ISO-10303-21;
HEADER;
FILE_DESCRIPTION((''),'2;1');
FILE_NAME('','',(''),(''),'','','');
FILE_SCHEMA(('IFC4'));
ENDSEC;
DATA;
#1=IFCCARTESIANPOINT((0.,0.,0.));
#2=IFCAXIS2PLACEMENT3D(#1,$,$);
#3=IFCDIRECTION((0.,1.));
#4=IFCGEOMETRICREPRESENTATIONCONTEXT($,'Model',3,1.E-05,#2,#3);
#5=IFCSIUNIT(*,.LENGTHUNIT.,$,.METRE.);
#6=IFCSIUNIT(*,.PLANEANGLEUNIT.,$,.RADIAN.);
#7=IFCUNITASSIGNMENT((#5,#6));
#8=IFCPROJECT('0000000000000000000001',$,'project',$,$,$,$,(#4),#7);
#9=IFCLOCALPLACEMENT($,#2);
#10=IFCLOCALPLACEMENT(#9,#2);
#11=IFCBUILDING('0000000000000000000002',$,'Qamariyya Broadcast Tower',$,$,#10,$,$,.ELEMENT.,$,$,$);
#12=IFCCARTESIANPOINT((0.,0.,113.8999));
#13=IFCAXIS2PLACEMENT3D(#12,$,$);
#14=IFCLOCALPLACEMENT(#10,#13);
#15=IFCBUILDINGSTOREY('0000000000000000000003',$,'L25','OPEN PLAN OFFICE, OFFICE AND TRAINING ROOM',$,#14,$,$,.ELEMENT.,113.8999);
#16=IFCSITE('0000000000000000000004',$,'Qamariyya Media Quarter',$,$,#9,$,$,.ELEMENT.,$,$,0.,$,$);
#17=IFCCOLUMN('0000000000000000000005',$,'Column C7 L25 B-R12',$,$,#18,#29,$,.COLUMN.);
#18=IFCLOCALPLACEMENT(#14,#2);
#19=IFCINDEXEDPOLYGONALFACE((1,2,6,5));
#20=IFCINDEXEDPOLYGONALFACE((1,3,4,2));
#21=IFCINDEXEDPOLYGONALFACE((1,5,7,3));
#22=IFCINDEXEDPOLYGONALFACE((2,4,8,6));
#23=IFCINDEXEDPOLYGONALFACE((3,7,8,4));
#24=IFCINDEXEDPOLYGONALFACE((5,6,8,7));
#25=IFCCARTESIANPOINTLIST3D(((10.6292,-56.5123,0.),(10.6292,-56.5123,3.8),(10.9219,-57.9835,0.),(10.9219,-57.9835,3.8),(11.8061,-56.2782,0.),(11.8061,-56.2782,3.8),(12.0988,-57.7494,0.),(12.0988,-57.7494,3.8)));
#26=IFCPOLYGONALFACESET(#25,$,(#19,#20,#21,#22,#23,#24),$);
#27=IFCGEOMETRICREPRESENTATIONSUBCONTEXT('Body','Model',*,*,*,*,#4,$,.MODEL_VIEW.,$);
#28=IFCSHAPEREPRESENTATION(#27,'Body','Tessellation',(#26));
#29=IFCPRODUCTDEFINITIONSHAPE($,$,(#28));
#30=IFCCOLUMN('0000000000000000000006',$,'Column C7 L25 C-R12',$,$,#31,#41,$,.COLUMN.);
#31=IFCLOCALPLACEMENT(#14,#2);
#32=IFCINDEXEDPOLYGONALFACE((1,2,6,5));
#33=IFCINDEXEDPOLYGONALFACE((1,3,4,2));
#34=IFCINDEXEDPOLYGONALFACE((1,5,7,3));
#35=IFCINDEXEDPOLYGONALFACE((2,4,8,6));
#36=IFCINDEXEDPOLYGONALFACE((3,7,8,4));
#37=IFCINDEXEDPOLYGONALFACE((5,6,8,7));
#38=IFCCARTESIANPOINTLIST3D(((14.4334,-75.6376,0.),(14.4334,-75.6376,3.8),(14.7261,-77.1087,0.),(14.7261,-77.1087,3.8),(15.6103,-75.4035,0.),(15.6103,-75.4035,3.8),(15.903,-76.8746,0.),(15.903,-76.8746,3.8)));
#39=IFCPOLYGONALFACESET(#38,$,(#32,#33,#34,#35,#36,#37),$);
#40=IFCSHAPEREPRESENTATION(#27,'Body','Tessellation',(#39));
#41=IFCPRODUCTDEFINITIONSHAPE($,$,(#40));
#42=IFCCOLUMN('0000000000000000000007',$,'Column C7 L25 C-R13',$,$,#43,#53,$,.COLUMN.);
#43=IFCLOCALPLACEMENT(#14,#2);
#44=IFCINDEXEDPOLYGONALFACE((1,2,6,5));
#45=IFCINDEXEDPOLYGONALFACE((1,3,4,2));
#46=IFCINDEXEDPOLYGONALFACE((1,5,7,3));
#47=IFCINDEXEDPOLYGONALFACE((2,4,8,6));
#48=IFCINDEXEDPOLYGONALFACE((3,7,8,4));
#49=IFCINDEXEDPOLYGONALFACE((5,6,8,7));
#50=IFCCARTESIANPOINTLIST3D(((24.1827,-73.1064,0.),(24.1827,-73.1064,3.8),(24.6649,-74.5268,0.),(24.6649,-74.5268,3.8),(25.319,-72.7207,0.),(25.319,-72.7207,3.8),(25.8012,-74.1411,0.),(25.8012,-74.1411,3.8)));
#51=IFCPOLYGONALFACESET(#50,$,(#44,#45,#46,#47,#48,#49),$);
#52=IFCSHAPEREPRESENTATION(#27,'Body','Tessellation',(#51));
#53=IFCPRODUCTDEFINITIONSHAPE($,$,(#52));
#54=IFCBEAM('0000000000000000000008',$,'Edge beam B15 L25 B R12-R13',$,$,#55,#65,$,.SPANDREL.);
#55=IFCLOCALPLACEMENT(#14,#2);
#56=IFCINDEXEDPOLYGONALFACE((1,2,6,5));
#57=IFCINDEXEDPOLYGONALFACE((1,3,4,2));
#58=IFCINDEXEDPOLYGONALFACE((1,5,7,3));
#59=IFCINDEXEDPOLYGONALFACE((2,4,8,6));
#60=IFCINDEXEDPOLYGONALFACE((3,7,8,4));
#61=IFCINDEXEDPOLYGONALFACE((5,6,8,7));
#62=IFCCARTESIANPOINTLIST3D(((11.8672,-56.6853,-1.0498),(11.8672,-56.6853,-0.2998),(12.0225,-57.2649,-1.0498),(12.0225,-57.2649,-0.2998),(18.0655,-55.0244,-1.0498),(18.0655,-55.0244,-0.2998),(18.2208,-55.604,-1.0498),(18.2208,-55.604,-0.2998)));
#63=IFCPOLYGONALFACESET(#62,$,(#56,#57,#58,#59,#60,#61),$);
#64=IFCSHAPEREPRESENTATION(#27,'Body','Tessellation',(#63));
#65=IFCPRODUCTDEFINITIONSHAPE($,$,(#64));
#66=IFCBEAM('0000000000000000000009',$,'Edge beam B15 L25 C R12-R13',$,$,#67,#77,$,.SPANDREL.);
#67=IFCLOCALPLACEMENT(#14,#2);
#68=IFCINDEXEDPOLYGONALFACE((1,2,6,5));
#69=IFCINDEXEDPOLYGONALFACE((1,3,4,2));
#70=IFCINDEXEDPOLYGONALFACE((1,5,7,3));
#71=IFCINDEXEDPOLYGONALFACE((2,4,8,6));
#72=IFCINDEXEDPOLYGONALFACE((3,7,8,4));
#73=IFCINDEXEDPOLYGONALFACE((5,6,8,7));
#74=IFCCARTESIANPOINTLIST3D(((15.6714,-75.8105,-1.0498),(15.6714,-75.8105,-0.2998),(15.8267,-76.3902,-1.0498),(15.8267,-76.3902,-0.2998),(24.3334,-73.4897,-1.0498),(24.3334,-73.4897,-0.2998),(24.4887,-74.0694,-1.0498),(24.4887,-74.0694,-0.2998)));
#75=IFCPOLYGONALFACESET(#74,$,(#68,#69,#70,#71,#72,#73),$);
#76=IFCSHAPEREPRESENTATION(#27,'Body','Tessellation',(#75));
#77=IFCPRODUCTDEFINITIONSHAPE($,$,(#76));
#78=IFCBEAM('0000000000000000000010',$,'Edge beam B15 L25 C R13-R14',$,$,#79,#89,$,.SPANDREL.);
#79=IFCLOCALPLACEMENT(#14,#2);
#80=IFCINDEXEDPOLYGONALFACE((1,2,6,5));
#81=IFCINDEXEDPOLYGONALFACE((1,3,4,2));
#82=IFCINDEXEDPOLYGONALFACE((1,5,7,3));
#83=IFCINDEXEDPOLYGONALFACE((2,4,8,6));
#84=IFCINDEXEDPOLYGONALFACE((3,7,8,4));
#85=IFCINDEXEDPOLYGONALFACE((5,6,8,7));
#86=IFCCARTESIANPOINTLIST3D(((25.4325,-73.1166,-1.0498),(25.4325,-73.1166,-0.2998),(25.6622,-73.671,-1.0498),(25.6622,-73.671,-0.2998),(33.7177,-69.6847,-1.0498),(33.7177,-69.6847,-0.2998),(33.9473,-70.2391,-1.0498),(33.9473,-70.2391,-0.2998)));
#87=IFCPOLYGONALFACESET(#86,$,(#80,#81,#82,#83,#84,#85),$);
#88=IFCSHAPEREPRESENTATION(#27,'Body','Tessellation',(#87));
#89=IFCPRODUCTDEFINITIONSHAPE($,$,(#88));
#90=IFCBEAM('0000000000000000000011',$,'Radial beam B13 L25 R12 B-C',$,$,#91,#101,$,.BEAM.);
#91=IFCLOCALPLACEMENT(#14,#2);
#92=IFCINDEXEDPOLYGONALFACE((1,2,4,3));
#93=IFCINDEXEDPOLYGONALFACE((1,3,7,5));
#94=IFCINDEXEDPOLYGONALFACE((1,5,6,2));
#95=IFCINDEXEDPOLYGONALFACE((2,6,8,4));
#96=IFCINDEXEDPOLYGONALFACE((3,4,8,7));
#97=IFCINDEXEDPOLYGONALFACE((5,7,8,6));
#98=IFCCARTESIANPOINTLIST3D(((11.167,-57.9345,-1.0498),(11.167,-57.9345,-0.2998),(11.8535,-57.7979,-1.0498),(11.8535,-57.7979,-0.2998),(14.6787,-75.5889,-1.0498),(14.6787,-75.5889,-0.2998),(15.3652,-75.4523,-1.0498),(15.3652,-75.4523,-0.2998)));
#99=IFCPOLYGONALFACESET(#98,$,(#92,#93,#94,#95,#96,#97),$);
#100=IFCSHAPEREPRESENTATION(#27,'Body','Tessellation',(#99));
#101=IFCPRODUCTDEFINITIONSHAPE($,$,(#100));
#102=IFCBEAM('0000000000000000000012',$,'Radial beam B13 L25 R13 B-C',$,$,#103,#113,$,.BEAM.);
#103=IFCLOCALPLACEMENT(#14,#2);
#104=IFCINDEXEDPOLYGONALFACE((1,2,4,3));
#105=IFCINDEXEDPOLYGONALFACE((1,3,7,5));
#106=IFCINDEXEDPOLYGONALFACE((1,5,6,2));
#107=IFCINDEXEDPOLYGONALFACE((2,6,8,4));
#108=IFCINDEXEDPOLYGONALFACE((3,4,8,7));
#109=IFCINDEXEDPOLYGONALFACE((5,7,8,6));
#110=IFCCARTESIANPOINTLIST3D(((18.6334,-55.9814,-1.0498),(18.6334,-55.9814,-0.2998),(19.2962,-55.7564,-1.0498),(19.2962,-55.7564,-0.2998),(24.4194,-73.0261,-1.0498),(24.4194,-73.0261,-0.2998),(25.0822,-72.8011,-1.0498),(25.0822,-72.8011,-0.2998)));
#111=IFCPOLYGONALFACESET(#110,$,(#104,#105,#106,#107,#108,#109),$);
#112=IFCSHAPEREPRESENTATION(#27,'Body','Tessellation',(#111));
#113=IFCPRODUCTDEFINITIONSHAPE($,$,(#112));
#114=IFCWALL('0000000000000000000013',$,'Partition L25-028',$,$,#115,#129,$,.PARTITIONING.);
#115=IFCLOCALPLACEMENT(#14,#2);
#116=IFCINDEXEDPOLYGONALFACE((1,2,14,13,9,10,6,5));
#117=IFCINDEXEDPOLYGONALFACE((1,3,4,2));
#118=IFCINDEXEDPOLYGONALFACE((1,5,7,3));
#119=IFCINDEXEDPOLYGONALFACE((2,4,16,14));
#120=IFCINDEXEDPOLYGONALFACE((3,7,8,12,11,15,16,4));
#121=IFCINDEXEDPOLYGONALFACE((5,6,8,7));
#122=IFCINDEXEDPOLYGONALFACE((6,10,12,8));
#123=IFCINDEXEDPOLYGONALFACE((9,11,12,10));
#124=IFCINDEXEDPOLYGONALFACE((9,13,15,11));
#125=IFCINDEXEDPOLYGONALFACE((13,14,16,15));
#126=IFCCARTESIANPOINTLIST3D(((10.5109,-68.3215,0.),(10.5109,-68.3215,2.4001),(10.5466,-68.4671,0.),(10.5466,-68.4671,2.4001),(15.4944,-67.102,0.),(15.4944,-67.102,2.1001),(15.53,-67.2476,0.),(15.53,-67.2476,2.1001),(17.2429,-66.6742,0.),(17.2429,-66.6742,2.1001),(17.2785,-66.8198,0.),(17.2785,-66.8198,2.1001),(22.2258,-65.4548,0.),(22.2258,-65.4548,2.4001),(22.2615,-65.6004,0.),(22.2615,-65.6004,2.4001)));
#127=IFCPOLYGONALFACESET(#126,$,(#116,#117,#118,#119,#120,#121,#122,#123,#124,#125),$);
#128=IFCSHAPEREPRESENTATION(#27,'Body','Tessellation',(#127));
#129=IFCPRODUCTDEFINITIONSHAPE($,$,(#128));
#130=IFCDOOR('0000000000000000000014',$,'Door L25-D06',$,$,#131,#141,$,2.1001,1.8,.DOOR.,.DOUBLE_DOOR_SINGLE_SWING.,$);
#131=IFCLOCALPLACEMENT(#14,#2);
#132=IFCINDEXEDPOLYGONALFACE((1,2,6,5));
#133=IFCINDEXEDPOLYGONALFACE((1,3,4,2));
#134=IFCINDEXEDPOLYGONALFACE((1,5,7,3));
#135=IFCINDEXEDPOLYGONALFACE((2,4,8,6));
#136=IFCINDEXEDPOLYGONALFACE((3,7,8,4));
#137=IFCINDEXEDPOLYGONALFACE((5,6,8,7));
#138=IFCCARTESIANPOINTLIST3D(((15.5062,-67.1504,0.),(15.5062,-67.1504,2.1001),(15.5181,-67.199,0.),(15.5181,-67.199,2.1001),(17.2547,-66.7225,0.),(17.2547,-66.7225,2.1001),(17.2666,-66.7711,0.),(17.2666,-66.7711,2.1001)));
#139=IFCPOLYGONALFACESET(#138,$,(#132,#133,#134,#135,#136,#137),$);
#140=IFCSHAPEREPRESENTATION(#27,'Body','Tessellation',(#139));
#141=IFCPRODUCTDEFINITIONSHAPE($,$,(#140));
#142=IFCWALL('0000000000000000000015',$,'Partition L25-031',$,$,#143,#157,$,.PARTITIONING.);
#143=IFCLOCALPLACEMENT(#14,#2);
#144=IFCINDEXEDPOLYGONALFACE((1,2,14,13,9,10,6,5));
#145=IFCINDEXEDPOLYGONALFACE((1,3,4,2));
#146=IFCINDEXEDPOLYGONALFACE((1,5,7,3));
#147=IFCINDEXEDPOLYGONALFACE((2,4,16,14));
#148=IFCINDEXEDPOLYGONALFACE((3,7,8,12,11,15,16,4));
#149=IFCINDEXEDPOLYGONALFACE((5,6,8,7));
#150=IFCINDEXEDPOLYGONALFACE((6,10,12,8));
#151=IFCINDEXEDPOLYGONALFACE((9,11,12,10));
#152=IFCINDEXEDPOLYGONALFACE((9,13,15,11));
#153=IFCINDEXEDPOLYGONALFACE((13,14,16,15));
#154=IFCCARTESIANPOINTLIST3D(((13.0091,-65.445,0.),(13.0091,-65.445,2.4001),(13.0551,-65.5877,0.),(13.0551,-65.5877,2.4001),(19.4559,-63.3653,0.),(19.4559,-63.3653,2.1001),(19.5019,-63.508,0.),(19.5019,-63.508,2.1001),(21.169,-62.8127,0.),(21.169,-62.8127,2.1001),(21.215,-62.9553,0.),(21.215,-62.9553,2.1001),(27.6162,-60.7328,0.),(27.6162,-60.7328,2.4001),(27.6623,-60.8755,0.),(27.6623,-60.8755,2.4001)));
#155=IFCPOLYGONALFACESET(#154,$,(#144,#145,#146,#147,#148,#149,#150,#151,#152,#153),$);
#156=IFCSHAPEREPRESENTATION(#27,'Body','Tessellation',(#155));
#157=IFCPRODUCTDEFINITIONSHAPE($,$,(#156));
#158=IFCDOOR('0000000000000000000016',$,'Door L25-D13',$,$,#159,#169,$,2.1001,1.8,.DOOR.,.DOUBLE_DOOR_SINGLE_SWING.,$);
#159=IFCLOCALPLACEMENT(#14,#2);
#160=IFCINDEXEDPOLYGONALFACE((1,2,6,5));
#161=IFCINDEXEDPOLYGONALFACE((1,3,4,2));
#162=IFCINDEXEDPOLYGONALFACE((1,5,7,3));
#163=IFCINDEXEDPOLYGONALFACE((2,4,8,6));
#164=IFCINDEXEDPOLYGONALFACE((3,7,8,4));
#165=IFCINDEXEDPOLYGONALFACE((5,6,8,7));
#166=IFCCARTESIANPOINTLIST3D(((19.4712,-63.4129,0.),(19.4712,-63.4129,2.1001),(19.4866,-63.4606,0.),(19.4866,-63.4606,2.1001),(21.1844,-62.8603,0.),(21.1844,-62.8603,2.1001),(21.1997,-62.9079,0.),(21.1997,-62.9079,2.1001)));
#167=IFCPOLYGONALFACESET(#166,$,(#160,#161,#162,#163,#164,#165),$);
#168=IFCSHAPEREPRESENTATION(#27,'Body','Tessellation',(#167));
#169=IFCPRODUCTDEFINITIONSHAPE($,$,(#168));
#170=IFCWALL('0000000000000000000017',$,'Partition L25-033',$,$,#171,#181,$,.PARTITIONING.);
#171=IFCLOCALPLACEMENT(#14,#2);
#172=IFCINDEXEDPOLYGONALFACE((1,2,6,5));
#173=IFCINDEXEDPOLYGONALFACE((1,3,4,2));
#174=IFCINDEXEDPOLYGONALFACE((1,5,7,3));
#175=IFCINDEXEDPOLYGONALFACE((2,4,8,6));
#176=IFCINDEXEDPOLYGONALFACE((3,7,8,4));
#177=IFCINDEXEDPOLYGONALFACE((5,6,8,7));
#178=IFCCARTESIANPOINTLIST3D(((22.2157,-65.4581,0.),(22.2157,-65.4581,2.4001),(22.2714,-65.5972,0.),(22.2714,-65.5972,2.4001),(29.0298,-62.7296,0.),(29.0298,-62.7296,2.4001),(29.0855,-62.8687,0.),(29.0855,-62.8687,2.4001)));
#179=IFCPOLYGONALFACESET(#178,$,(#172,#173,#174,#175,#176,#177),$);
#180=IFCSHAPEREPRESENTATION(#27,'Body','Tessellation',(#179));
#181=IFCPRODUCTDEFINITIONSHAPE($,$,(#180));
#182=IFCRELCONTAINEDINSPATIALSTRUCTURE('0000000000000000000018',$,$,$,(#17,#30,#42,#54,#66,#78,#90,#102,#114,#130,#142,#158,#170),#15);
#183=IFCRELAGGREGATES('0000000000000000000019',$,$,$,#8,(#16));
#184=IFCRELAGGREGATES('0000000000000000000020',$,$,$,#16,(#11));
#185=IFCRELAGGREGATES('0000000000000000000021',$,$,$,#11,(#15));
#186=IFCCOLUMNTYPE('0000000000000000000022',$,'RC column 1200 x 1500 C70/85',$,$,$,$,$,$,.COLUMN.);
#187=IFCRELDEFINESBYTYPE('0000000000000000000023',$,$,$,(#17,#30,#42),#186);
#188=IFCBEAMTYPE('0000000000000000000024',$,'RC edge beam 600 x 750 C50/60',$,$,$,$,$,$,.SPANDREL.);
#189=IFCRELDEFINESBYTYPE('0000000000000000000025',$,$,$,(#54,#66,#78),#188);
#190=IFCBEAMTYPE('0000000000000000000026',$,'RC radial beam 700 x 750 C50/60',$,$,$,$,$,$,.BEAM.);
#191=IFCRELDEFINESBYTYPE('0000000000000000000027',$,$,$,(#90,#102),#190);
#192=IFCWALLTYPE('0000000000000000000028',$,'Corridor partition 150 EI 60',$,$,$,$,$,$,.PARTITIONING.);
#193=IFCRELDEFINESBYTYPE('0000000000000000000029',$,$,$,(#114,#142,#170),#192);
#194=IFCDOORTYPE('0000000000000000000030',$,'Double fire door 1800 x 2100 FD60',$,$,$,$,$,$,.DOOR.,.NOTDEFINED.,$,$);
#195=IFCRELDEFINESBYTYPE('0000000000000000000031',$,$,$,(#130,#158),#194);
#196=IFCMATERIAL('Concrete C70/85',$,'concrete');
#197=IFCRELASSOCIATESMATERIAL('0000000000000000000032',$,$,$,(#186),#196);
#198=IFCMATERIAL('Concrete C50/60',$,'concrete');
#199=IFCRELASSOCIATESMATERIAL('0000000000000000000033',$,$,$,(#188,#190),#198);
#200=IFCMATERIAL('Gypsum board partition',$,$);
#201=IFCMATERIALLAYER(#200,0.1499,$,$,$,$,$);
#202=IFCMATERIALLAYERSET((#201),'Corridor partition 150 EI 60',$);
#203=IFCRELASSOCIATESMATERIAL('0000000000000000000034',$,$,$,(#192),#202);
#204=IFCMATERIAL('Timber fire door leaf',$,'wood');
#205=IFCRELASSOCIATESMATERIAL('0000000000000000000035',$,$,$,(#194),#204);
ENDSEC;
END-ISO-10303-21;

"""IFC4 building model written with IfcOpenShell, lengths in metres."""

from ifc_helpers import new_model, si_unit, direction, frame, frame_2d, origin, origin_2d, place, context, subcontext, project, spatial, rectangle, extrude, material, layer, layer_set, material_profile, profile_set, type_object, element, fill, save


model = new_model("IFC4")

# Units and contexts
model_context = context("Model", 3, precision=1e-05, world=origin(), true_north=direction((0.0, 1.0)))
body_context = subcontext(model_context, "Body", "Model", "MODEL_VIEW")
ifc_project = project(units=[si_unit("LENGTHUNIT", "METRE"), si_unit("PLANEANGLEUNIT", "RADIAN")], contexts=[model_context])

# Site, building, storey
site_placement = place(None, origin())
site = spatial("IfcSite", under=ifc_project, at=site_placement, Name="Qamariyya Media Quarter", CompositionType="ELEMENT", RefElevation=0.0)
building_placement = place(site_placement, origin())
building = spatial("IfcBuilding", under=site, at=building_placement, Name="Qamariyya Broadcast Tower", CompositionType="ELEMENT")
storey_placement = place(building_placement, frame((0.0, 0.0, 113.8999)))
storey = spatial("IfcBuildingStorey", under=building, at=storey_placement, Name="L25", Description="OPEN PLAN OFFICE, OFFICE AND TRAINING ROOM", CompositionType="ELEMENT", Elevation=113.8999)

# Columns
ifc_material_1 = material(Name="Concrete C70/85", Category="concrete")
ifc_material_profile_1 = material_profile(ifc_material_1, rectangle(XDim=1.2, YDim=1.5, at=origin_2d()))
ifc_profile_set_1 = profile_set([ifc_material_profile_1], Name="Concrete C70/85")
column_type = type_object("IfcColumnType", Name="RC column 1200 x 1500 C70/85", PredefinedType="COLUMN", material=ifc_profile_set_1)
for number, where, z_axis, x_axis, name in (
    (1, (11.364, -57.1309, 0.0), (0.0, 0.0, 1.0), (0.980785, 0.19509, 0.0), "Column C7 L25 B-R12"),
    (2, (15.1682, -76.2561, 0.0), (0.0, 0.0, 1.0), (0.980785, 0.19509, 0.0), "Column C7 L25 C-R12"),
    (3, (24.9919, -73.6238, 0.0), (0.0, 0.0, 1.0), (0.94693, 0.321439, 0.0), "Column C7 L25 C-R13"),
):
    element("IfcColumn", number, at=place(storey_placement, frame(where, z_axis=z_axis, x_axis=x_axis)), inside=storey, type_object=column_type, Name=name, PredefinedType="COLUMN", context=body_context, shape_type="SweptSolid", body=[
        extrude(rectangle(XDim=1.2, YDim=1.5, at=origin_2d()), origin(), (0.0, 0.0, 1.0), 3.8),
    ])

# Beams
ifc_material_2 = material(Name="Concrete C50/60", Category="concrete")
ifc_material_profile_2 = material_profile(ifc_material_2, rectangle(XDim=0.6001, YDim=0.75, at=origin_2d()))
ifc_profile_set_2 = profile_set([ifc_material_profile_2], Name="Concrete C50/60")
beam_type_1 = type_object("IfcBeamType", Name="RC edge beam 600 x 750 C50/60", PredefinedType="SPANDREL", material=ifc_profile_set_2)
beam_1_placement = place(storey_placement, frame((11.9448, -56.9751, -0.6748), z_axis=(0.965923, 0.25883, 0.0), x_axis=(-0.25883, 0.965923, 0.0)))
element("IfcBeam", 4, at=beam_1_placement, inside=storey, type_object=beam_type_1, Name="Edge beam B15 L25 B R12-R13", PredefinedType="SPANDREL", context=body_context, shape_type="SweptSolid", body=[
    extrude(rectangle(XDim=0.6001, YDim=0.75, at=origin_2d()), origin(), (0.0, 0.0, 1.0), 6.417),
])
beam_2_placement = place(storey_placement, frame((15.749, -76.1003, -0.6748), z_axis=(0.965932, 0.258798, 0.0), x_axis=(-0.258798, 0.965932, 0.0)))
element("IfcBeam", 5, at=beam_2_placement, inside=storey, type_object=beam_type_1, Name="Edge beam B15 L25 C R12-R13", PredefinedType="SPANDREL", context=body_context, shape_type="SweptSolid", body=[
    extrude(rectangle(XDim=0.6001, YDim=0.75, at=origin_2d()), origin(), (0.0, 0.0, 1.0), 8.9675),
])
beam_3_placement = place(storey_placement, frame((25.5474, -73.3938, -0.6748), z_axis=(0.923877, 0.382689, 0.0), x_axis=(-0.382689, 0.923877, 0.0)))
element("IfcBeam", 6, at=beam_3_placement, inside=storey, type_object=beam_type_1, Name="Edge beam B15 L25 C R13-R14", PredefinedType="SPANDREL", context=body_context, shape_type="SweptSolid", body=[
    extrude(rectangle(XDim=0.6001, YDim=0.75, at=origin_2d()), origin(), (0.0, 0.0, 1.0), 8.9678),
])
ifc_material_profile_3 = material_profile(ifc_material_2, rectangle(XDim=0.7, YDim=0.75, at=origin_2d()))
ifc_profile_set_3 = profile_set([ifc_material_profile_3], Name="Concrete C50/60")
beam_type_2 = type_object("IfcBeamType", Name="RC radial beam 700 x 750 C50/60", PredefinedType="BEAM", material=ifc_profile_set_3)
beam_4_placement = place(storey_placement, frame((11.5103, -57.8662, -0.6748), z_axis=(0.195094, -0.980785, 0.0), x_axis=(0.980785, 0.195094, 0.0)))
element("IfcBeam", 7, at=beam_4_placement, inside=storey, type_object=beam_type_2, Name="Radial beam B13 L25 R12 B-C", PredefinedType="BEAM", context=body_context, shape_type="SweptSolid", body=[
    extrude(rectangle(XDim=0.7, YDim=0.75, at=origin_2d()), origin(), (0.0, 0.0, 1.0), 18.0002),
])
beam_5_placement = place(storey_placement, frame((18.9648, -55.8689, -0.6748), z_axis=(0.321439, -0.94693, 0.0), x_axis=(0.94693, 0.321439, 0.0)))
element("IfcBeam", 8, at=beam_5_placement, inside=storey, type_object=beam_type_2, Name="Radial beam B13 L25 R13 B-C", PredefinedType="BEAM", context=body_context, shape_type="SweptSolid", body=[
    extrude(rectangle(XDim=0.7, YDim=0.75, at=origin_2d()), origin(), (0.0, 0.0, 1.0), 18.0),
])

# Walls, openings, doors
ifc_material_3 = material(Name="Gypsum board partition")
ifc_layer_1 = layer(ifc_material_3, 0.1499)
ifc_layer_set_1 = layer_set([ifc_layer_1], Name="Corridor partition 150 EI 60")
wall_type_1 = type_object("IfcWallType", Name="Corridor partition 150 EI 60", PredefinedType="PARTITIONING", material=ifc_layer_set_1)
wall_1_placement = place(storey_placement, frame((22.2437, -65.5276, 0.0), z_axis=(0.0, 0.0, 1.0), x_axis=(-0.97134, -0.237693, 0.0)))
wall_1 = element("IfcWall", 9, at=wall_1_placement, inside=storey, type_object=wall_type_1, Name="Partition L25-028", PredefinedType="PARTITIONING", context=body_context, shape_type="SweptSolid", body=[
    extrude(rectangle(XDim=12.0605, YDim=0.1499, at=frame_2d((6.0303, 0.0))), origin(), (0.0, 0.0, 1.0), 2.4001),
])
opening_1_placement = place(wall_1_placement, frame((5.1301, 0.0, 0.0)))
opening_1 = element("IfcOpeningElement", 10, at=opening_1_placement, cuts=wall_1, PredefinedType="OPENING", context=body_context, shape_type="SweptSolid", body=[
    extrude(rectangle(XDim=1.8, YDim=2.1001, at=frame_2d((0.8999, 1.05))), frame((0.0, 0.085, 0.0), z_axis=(0.0, -1.0, 0.0), x_axis=(1.0, 0.0, 0.0)), (0.0, 0.0, 1.0), 0.1699),
])
ifc_material_4 = material(Name="Timber fire door leaf", Category="wood")
door_type = type_object("IfcDoorType", Name="Double fire door 1800 x 2100 FD60", OperationType="NOTDEFINED", PredefinedType="DOOR", material=ifc_material_4)
door_1_placement = place(opening_1_placement, origin())
door_1 = element("IfcDoor", 11, at=door_1_placement, inside=storey, type_object=door_type, Name="Door L25-D06", OperationType="DOUBLE_DOOR_SINGLE_SWING", OverallHeight=2.1001, OverallWidth=1.8, PredefinedType="DOOR", context=body_context, shape_type="SweptSolid", body=[
    extrude(rectangle(XDim=1.8, YDim=2.1001, at=frame_2d((0.8999, 1.05))), frame((0.0, 0.0249, 0.0), z_axis=(0.0, -1.0, 0.0), x_axis=(1.0, 0.0, 0.0)), (0.0, 0.0, 1.0), 0.05),
])
fill(opening_1, door_1)
wall_2_placement = place(storey_placement, frame((13.032, -65.5164, 0.0), z_axis=(0.0, 0.0, 1.0), x_axis=(0.951705, 0.307013, 0.0)))
wall_2 = element("IfcWall", 12, at=wall_2_placement, inside=storey, type_object=wall_type_1, Name="Partition L25-031", PredefinedType="PARTITIONING", context=body_context, shape_type="SweptSolid", body=[
    extrude(rectangle(XDim=15.3484, YDim=0.1499, at=frame_2d((7.6743, 0.0))), origin(), (0.0, 0.0, 1.0), 2.4001),
])
opening_2_placement = place(wall_2_placement, frame((6.7742, 0.0, 0.0)))
opening_2 = element("IfcOpeningElement", 13, at=opening_2_placement, cuts=wall_2, PredefinedType="OPENING", context=body_context, shape_type="SweptSolid", body=[
    extrude(rectangle(XDim=1.8, YDim=2.1001, at=frame_2d((0.8999, 1.05))), frame((0.0, 0.085, 0.0), z_axis=(0.0, -1.0, 0.0), x_axis=(1.0, 0.0, 0.0)), (0.0, 0.0, 1.0), 0.1699),
])
door_2_placement = place(opening_2_placement, origin())
door_2 = element("IfcDoor", 14, at=door_2_placement, inside=storey, type_object=door_type, Name="Door L25-D13", OperationType="DOUBLE_DOOR_SINGLE_SWING", OverallHeight=2.1001, OverallWidth=1.8, PredefinedType="DOOR", context=body_context, shape_type="SweptSolid", body=[
    extrude(rectangle(XDim=1.8, YDim=2.1001, at=frame_2d((0.8999, 1.05))), frame((0.0, 0.0249, 0.0), z_axis=(0.0, -1.0, 0.0), x_axis=(1.0, 0.0, 0.0)), (0.0, 0.0, 1.0), 0.05),
])
fill(opening_2, door_2)

# Wall
wall_3_placement = place(storey_placement, frame((22.2437, -65.5276, 0.0), z_axis=(0.0, 0.0, 1.0), x_axis=(0.928344, 0.371723, 0.0)))
element("IfcWall", 15, at=wall_3_placement, inside=storey, type_object=wall_type_1, Name="Partition L25-033", PredefinedType="PARTITIONING", context=body_context, shape_type="SweptSolid", body=[
    extrude(rectangle(XDim=7.3401, YDim=0.1499, at=frame_2d((3.6699, 0.0))), origin(), (0.0, 0.0, 1.0), 2.4001),
])

save(model, "model.ifc")
